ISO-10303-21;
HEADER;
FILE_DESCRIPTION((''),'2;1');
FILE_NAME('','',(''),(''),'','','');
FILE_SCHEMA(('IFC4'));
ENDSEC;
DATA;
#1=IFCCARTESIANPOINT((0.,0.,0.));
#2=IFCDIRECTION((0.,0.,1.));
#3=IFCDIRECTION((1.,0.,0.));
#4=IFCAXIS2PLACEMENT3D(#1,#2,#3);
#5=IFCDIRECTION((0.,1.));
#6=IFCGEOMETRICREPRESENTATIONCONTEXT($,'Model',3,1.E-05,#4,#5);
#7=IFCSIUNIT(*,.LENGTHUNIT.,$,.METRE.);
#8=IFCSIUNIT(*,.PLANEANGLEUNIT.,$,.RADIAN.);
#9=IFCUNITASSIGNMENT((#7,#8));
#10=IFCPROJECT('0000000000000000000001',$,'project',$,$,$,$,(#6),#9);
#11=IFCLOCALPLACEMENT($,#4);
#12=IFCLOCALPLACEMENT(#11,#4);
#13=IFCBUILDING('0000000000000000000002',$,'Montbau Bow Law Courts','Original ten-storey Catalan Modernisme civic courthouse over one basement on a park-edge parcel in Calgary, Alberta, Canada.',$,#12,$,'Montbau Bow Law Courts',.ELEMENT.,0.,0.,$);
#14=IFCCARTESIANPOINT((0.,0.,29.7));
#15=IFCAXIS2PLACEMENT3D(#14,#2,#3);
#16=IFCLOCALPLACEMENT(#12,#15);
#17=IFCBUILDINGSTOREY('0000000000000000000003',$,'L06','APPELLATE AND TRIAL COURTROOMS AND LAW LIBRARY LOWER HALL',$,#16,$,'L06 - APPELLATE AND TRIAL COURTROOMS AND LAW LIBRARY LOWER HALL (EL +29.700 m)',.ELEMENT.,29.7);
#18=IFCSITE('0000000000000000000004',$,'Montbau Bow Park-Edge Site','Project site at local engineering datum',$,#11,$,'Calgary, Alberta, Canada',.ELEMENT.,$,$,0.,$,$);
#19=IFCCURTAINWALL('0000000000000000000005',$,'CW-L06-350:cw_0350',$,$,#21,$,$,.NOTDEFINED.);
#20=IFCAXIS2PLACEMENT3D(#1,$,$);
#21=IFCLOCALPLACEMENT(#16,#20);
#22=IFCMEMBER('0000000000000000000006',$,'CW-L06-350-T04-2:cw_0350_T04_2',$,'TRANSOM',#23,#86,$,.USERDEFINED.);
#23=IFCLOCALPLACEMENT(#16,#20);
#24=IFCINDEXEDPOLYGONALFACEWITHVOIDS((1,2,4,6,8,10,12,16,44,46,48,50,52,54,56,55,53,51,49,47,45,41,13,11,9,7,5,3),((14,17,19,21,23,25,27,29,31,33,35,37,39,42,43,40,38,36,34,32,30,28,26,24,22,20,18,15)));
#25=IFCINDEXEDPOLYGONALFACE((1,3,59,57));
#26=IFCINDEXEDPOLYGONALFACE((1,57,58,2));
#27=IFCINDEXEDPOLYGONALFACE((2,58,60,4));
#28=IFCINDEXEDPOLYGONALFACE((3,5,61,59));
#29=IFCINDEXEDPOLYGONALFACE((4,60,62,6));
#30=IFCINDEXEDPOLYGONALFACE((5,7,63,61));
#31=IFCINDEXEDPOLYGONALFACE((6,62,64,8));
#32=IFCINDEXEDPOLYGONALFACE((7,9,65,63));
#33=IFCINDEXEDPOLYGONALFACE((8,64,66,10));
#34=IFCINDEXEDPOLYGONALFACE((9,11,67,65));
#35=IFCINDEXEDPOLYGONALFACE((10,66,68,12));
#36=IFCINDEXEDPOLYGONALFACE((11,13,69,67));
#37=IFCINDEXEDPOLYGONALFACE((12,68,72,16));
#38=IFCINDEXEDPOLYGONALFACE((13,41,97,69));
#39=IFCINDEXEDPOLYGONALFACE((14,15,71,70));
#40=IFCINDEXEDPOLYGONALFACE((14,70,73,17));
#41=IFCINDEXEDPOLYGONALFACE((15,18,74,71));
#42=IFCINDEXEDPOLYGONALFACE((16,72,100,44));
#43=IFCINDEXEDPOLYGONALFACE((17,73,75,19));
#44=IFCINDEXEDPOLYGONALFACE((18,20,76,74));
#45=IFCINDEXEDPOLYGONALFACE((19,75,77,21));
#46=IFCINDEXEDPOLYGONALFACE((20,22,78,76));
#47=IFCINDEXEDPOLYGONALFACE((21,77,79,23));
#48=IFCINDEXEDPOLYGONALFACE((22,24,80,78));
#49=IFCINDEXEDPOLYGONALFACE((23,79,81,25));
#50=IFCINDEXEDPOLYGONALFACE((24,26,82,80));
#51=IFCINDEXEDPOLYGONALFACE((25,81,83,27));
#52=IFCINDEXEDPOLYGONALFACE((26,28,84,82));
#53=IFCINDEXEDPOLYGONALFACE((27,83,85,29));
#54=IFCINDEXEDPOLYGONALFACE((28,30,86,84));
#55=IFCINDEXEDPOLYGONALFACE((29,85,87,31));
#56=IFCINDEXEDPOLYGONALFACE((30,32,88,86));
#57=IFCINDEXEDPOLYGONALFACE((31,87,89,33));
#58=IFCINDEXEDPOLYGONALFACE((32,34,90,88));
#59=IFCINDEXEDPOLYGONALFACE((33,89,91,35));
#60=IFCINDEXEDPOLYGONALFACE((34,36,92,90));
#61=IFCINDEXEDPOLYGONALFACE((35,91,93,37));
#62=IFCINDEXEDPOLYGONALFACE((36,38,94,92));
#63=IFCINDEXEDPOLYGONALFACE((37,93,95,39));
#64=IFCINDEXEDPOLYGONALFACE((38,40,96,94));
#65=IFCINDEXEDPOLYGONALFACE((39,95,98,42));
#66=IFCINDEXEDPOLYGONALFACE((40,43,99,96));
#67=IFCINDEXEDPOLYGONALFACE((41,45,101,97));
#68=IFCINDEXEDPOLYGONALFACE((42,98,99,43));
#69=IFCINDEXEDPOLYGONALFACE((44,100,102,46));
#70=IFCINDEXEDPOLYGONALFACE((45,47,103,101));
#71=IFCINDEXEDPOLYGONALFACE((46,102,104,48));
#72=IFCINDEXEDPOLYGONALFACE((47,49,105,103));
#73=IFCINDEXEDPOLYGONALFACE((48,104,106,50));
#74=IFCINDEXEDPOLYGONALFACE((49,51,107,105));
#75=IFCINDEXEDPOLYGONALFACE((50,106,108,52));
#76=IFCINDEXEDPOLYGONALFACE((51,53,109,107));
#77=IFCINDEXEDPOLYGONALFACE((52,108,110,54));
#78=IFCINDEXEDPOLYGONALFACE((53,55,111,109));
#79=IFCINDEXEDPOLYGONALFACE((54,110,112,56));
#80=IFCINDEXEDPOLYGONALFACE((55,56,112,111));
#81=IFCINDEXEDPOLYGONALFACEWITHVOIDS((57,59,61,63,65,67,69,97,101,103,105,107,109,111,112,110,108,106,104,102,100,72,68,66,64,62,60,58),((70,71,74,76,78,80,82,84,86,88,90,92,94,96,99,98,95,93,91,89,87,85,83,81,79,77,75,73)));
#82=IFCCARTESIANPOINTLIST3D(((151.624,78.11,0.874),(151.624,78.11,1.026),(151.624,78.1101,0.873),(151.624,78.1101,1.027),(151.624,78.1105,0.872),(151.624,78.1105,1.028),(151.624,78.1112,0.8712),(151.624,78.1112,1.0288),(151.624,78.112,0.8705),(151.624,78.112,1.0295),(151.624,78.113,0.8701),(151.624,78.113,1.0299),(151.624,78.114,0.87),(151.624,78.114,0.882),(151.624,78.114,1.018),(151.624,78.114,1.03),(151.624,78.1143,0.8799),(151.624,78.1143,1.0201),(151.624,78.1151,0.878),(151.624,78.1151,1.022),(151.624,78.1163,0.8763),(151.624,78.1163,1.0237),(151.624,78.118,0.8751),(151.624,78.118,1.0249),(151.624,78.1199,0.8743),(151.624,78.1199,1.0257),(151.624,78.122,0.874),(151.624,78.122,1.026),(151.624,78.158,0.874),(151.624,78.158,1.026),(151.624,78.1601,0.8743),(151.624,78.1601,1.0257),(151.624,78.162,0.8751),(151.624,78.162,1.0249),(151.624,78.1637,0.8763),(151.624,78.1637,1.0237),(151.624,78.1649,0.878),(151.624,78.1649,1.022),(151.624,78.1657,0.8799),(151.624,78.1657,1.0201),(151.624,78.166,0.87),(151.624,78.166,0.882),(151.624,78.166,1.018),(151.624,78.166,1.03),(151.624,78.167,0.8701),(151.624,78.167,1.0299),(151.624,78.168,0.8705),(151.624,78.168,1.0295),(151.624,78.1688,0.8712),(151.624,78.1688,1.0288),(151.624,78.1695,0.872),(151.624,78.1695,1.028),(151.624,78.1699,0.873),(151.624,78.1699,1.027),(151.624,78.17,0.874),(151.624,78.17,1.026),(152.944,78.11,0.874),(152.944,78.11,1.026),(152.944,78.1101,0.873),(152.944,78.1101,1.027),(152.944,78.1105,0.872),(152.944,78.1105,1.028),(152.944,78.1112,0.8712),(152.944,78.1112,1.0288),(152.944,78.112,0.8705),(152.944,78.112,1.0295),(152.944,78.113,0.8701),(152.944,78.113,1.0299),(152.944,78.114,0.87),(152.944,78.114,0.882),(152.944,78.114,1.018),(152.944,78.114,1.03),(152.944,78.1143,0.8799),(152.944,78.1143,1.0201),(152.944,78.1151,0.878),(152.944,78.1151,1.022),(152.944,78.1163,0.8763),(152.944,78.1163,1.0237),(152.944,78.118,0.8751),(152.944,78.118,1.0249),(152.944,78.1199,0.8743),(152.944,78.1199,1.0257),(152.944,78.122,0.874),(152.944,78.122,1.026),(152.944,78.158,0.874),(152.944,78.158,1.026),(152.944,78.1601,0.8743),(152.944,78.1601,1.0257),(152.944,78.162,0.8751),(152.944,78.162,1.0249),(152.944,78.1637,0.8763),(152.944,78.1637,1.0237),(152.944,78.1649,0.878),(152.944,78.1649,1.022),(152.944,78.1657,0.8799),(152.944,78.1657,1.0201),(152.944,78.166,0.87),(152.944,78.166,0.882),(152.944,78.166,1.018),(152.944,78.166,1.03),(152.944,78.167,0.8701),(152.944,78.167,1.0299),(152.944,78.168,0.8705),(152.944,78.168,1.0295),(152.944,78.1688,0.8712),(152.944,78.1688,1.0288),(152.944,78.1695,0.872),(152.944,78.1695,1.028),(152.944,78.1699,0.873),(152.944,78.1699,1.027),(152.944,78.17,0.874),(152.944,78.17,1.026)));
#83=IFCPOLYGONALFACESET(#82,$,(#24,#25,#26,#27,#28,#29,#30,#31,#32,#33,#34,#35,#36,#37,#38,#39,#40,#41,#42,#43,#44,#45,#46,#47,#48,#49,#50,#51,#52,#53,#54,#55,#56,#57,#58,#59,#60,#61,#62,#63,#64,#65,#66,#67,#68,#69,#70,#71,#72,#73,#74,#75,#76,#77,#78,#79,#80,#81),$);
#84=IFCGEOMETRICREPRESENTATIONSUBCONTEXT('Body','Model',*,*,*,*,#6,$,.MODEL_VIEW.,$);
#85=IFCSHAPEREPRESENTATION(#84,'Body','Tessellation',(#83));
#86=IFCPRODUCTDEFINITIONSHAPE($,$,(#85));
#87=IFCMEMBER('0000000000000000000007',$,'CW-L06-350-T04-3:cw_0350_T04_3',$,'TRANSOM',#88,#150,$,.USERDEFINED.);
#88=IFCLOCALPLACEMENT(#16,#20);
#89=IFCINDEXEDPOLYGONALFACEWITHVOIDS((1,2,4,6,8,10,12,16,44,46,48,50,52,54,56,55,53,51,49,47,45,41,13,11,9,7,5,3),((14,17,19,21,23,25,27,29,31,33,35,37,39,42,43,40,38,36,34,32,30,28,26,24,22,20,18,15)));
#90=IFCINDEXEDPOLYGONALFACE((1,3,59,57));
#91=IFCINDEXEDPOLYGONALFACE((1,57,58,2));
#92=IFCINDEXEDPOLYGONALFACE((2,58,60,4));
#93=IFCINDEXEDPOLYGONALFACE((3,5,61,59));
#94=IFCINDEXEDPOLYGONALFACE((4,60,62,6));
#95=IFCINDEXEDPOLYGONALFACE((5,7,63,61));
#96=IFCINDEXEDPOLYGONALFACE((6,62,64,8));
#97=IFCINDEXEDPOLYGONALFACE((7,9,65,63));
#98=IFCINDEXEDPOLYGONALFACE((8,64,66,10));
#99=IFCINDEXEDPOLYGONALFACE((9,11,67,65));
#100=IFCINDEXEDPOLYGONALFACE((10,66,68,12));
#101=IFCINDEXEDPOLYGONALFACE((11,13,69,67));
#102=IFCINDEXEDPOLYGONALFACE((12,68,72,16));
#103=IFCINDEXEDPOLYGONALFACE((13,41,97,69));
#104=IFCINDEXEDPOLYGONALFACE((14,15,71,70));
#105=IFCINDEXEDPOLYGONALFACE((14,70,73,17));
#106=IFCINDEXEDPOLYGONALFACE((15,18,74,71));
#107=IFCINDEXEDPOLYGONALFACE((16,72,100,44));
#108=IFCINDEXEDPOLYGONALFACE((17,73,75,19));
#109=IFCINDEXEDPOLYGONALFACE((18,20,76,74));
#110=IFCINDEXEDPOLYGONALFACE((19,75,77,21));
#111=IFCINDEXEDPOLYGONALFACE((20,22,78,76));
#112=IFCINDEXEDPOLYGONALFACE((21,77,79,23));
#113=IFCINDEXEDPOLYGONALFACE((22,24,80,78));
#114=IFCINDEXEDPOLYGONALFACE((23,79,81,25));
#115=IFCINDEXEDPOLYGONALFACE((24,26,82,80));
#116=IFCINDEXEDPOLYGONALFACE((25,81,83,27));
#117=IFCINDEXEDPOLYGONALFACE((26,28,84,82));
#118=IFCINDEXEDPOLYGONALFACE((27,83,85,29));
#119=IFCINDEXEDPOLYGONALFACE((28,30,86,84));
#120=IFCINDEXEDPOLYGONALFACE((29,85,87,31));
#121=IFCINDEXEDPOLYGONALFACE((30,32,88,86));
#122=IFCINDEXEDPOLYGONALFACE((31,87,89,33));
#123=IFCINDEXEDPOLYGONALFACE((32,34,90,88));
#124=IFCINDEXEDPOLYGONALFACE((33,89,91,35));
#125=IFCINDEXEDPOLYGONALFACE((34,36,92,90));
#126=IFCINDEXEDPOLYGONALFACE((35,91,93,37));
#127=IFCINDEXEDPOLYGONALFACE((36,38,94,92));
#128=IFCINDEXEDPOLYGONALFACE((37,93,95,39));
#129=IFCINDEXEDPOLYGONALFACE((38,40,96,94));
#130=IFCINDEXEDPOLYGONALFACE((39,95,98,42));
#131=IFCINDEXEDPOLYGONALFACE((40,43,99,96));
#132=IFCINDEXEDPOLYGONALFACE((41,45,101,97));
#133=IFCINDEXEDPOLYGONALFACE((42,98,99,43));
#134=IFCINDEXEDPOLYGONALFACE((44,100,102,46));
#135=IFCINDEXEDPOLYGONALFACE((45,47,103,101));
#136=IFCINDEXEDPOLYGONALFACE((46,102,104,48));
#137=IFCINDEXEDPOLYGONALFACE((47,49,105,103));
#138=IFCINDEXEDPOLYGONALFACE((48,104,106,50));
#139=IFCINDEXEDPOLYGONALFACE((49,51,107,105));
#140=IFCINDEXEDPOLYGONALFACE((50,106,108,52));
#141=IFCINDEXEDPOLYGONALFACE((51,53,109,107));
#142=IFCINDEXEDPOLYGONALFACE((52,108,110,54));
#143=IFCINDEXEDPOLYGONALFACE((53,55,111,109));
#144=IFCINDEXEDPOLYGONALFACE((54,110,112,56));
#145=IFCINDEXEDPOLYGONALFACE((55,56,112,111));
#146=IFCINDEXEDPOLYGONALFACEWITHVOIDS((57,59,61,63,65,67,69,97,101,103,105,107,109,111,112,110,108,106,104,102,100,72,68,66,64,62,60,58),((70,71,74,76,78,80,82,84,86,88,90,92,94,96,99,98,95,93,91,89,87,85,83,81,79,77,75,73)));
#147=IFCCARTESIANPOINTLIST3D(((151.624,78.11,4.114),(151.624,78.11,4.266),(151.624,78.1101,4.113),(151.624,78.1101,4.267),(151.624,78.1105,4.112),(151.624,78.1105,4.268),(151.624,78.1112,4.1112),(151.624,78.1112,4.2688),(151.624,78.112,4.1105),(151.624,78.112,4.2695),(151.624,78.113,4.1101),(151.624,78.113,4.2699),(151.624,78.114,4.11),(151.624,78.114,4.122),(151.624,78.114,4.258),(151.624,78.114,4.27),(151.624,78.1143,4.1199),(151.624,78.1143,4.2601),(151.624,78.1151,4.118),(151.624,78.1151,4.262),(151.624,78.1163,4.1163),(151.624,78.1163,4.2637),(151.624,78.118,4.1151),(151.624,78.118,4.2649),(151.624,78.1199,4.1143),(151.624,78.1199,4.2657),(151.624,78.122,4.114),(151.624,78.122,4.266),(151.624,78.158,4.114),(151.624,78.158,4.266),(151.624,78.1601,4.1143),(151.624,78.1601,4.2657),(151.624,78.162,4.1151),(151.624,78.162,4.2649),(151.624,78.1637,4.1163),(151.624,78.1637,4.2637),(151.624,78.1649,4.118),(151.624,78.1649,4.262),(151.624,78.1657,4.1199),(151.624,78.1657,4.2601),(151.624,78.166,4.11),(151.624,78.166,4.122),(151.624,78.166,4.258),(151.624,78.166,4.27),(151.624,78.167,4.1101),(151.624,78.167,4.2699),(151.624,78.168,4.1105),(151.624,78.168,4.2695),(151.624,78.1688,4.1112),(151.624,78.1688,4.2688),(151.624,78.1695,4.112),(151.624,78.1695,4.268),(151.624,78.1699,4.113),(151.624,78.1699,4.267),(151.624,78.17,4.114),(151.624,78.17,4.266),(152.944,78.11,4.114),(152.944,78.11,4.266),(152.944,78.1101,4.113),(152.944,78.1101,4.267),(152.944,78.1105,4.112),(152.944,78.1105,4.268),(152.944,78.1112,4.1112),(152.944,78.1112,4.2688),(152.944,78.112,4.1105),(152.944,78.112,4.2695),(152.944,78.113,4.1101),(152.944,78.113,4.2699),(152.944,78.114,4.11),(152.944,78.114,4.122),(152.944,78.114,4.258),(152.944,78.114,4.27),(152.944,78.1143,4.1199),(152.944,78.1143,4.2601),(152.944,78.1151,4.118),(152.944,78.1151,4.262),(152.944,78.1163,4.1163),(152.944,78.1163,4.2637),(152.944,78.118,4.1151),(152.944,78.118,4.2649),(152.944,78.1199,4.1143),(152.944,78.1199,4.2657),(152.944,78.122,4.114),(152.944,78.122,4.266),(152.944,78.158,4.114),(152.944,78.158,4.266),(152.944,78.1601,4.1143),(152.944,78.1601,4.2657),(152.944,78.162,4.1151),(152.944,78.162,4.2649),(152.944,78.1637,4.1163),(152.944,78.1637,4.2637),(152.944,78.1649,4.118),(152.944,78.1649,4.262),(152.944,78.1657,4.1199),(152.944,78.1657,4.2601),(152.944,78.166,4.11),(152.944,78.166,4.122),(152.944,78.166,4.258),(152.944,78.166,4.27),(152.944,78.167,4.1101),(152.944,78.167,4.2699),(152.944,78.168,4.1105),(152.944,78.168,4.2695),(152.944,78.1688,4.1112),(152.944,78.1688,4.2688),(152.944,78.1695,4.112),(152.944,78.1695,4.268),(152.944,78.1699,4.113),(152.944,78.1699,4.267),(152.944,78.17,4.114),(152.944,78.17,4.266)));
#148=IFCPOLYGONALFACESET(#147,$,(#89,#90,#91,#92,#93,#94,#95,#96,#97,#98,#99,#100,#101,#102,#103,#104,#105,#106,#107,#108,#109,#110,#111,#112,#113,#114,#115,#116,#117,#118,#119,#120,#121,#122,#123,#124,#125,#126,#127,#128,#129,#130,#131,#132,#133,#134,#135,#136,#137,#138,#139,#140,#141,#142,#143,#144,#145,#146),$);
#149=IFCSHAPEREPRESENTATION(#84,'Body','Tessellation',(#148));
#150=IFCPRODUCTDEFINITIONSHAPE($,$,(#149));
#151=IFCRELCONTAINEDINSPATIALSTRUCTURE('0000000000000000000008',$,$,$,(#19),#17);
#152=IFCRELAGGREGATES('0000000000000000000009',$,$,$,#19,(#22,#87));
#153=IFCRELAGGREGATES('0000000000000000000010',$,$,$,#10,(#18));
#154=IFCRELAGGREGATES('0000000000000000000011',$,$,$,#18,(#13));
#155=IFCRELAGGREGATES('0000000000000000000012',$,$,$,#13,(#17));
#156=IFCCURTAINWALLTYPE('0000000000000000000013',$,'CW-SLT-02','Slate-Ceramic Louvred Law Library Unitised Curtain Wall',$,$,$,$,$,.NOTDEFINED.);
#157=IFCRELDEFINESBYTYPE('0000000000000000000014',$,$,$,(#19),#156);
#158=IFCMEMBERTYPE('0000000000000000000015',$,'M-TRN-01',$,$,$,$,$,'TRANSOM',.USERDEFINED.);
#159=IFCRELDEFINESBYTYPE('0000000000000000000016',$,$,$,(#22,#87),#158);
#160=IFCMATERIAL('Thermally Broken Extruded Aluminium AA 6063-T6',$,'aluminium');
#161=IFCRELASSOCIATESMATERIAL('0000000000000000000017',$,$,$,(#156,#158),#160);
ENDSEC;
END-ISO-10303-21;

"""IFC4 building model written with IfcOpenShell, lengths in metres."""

from ifc_helpers import new_model, si_unit, direction, frame, origin_with_axes, origin_2d_with_axis, place, context, subcontext, project, spatial, hollow_rectangle, extrude, material, material_profile, profile_set, type_object, element, aggregate, save


model = new_model("IFC4")

# Units and contexts
model_context = context("Model", 3, precision=1e-05, world=origin_with_axes(), true_north=direction((0.0, 1.0)))
body_context = subcontext(model_context, "Body", "Model", "MODEL_VIEW")
ifc_project = project(units=[si_unit("LENGTHUNIT", "METRE"), si_unit("PLANEANGLEUNIT", "RADIAN")], contexts=[model_context])

# Site, building, storey
site_placement = place(None, origin_with_axes())
site = spatial("IfcSite", under=ifc_project, at=site_placement, Name="Montbau Bow Park-Edge Site", Description="Project site at local engineering datum", LongName="Calgary, Alberta, Canada", CompositionType="ELEMENT", RefElevation=0.0)
building_placement = place(site_placement, origin_with_axes())
building = spatial("IfcBuilding", under=site, at=building_placement, Name="Montbau Bow Law Courts", Description="Original ten-storey Catalan Modernisme civic courthouse over one basement on a park-edge parcel in Calgary, Alberta, Canada.", LongName="Montbau Bow Law Courts", CompositionType="ELEMENT", ElevationOfRefHeight=0.0, ElevationOfTerrain=0.0)
storey_placement = place(building_placement, frame((0.0, 0.0, 29.7), z_axis=(0.0, 0.0, 1.0), x_axis=(1.0, 0.0, 0.0)))
storey = spatial("IfcBuildingStorey", under=building, at=storey_placement, Name="L06", Description="APPELLATE AND TRIAL COURTROOMS AND LAW LIBRARY LOWER HALL", LongName="L06 - APPELLATE AND TRIAL COURTROOMS AND LAW LIBRARY LOWER HALL (EL +29.700 m)", CompositionType="ELEMENT", Elevation=29.7)

# Curtain wall, members
ifc_material_1 = material(Name="Thermally Broken Extruded Aluminium AA 6063-T6", Category="aluminium")
curtain_wall_type = type_object("IfcCurtainWallType", Name="CW-SLT-02", Description="Slate-Ceramic Louvred Law Library Unitised Curtain Wall", PredefinedType="NOTDEFINED", material=ifc_material_1)
curtain_wall_1_placement = place(None, frame((147.44, 78.14, 29.7), z_axis=(0.0, 0.0, 1.0), x_axis=(1.0, 0.0, 0.0)))
curtain_wall_1 = element("IfcCurtainWall", 1, at=curtain_wall_1_placement, inside=storey, type_object=curtain_wall_type, Name="CW-L06-350:cw_0350", PredefinedType="NOTDEFINED")
ifc_material_profile_1 = material_profile(ifc_material_1, hollow_rectangle(XDim=0.06, YDim=0.16, WallThickness=0.004, InnerFilletRadius=0.008, OuterFilletRadius=0.004, at=origin_2d_with_axis()), Name="CWT-160X60", Category="Main", Priority=0)
ifc_profile_set_1 = profile_set([ifc_material_profile_1], Name="Thermally Broken Extruded Aluminium AA 6063-T6")
member_type_1 = type_object("IfcMemberType", Name="M-TRN-01", ElementType="TRANSOM", PredefinedType="USERDEFINED", material=ifc_profile_set_1)
member_1_placement = place(None, frame((151.624, 78.14, 30.65), z_axis=(1.0, 0.0, 0.0), x_axis=(0.0, 1.0, 0.0)))
member_1 = element("IfcMember", 2, at=member_1_placement, type_object=member_type_1, Name="CW-L06-350-T04-2:cw_0350_T04_2", ObjectType="TRANSOM", PredefinedType="USERDEFINED", context=body_context, shape_type="SweptSolid", body=[
    extrude(hollow_rectangle(XDim=0.06, YDim=0.16, WallThickness=0.004, InnerFilletRadius=0.008, OuterFilletRadius=0.004, at=origin_2d_with_axis()), origin_with_axes(), (0.0, 0.0, 1.0), 1.32),
])
member_2_placement = place(None, frame((151.624, 78.14, 33.89), z_axis=(1.0, 0.0, 0.0), x_axis=(0.0, 1.0, 0.0)))
member_2 = element("IfcMember", 3, at=member_2_placement, type_object=member_type_1, Name="CW-L06-350-T04-3:cw_0350_T04_3", ObjectType="TRANSOM", PredefinedType="USERDEFINED", context=body_context, shape_type="SweptSolid", body=[
    extrude(hollow_rectangle(XDim=0.06, YDim=0.16, WallThickness=0.004, InnerFilletRadius=0.008, OuterFilletRadius=0.004, at=origin_2d_with_axis()), origin_with_axes(), (0.0, 0.0, 1.0), 1.32),
])

aggregate(curtain_wall_1, [member_1, member_2])

save(model, "model.ifc")
